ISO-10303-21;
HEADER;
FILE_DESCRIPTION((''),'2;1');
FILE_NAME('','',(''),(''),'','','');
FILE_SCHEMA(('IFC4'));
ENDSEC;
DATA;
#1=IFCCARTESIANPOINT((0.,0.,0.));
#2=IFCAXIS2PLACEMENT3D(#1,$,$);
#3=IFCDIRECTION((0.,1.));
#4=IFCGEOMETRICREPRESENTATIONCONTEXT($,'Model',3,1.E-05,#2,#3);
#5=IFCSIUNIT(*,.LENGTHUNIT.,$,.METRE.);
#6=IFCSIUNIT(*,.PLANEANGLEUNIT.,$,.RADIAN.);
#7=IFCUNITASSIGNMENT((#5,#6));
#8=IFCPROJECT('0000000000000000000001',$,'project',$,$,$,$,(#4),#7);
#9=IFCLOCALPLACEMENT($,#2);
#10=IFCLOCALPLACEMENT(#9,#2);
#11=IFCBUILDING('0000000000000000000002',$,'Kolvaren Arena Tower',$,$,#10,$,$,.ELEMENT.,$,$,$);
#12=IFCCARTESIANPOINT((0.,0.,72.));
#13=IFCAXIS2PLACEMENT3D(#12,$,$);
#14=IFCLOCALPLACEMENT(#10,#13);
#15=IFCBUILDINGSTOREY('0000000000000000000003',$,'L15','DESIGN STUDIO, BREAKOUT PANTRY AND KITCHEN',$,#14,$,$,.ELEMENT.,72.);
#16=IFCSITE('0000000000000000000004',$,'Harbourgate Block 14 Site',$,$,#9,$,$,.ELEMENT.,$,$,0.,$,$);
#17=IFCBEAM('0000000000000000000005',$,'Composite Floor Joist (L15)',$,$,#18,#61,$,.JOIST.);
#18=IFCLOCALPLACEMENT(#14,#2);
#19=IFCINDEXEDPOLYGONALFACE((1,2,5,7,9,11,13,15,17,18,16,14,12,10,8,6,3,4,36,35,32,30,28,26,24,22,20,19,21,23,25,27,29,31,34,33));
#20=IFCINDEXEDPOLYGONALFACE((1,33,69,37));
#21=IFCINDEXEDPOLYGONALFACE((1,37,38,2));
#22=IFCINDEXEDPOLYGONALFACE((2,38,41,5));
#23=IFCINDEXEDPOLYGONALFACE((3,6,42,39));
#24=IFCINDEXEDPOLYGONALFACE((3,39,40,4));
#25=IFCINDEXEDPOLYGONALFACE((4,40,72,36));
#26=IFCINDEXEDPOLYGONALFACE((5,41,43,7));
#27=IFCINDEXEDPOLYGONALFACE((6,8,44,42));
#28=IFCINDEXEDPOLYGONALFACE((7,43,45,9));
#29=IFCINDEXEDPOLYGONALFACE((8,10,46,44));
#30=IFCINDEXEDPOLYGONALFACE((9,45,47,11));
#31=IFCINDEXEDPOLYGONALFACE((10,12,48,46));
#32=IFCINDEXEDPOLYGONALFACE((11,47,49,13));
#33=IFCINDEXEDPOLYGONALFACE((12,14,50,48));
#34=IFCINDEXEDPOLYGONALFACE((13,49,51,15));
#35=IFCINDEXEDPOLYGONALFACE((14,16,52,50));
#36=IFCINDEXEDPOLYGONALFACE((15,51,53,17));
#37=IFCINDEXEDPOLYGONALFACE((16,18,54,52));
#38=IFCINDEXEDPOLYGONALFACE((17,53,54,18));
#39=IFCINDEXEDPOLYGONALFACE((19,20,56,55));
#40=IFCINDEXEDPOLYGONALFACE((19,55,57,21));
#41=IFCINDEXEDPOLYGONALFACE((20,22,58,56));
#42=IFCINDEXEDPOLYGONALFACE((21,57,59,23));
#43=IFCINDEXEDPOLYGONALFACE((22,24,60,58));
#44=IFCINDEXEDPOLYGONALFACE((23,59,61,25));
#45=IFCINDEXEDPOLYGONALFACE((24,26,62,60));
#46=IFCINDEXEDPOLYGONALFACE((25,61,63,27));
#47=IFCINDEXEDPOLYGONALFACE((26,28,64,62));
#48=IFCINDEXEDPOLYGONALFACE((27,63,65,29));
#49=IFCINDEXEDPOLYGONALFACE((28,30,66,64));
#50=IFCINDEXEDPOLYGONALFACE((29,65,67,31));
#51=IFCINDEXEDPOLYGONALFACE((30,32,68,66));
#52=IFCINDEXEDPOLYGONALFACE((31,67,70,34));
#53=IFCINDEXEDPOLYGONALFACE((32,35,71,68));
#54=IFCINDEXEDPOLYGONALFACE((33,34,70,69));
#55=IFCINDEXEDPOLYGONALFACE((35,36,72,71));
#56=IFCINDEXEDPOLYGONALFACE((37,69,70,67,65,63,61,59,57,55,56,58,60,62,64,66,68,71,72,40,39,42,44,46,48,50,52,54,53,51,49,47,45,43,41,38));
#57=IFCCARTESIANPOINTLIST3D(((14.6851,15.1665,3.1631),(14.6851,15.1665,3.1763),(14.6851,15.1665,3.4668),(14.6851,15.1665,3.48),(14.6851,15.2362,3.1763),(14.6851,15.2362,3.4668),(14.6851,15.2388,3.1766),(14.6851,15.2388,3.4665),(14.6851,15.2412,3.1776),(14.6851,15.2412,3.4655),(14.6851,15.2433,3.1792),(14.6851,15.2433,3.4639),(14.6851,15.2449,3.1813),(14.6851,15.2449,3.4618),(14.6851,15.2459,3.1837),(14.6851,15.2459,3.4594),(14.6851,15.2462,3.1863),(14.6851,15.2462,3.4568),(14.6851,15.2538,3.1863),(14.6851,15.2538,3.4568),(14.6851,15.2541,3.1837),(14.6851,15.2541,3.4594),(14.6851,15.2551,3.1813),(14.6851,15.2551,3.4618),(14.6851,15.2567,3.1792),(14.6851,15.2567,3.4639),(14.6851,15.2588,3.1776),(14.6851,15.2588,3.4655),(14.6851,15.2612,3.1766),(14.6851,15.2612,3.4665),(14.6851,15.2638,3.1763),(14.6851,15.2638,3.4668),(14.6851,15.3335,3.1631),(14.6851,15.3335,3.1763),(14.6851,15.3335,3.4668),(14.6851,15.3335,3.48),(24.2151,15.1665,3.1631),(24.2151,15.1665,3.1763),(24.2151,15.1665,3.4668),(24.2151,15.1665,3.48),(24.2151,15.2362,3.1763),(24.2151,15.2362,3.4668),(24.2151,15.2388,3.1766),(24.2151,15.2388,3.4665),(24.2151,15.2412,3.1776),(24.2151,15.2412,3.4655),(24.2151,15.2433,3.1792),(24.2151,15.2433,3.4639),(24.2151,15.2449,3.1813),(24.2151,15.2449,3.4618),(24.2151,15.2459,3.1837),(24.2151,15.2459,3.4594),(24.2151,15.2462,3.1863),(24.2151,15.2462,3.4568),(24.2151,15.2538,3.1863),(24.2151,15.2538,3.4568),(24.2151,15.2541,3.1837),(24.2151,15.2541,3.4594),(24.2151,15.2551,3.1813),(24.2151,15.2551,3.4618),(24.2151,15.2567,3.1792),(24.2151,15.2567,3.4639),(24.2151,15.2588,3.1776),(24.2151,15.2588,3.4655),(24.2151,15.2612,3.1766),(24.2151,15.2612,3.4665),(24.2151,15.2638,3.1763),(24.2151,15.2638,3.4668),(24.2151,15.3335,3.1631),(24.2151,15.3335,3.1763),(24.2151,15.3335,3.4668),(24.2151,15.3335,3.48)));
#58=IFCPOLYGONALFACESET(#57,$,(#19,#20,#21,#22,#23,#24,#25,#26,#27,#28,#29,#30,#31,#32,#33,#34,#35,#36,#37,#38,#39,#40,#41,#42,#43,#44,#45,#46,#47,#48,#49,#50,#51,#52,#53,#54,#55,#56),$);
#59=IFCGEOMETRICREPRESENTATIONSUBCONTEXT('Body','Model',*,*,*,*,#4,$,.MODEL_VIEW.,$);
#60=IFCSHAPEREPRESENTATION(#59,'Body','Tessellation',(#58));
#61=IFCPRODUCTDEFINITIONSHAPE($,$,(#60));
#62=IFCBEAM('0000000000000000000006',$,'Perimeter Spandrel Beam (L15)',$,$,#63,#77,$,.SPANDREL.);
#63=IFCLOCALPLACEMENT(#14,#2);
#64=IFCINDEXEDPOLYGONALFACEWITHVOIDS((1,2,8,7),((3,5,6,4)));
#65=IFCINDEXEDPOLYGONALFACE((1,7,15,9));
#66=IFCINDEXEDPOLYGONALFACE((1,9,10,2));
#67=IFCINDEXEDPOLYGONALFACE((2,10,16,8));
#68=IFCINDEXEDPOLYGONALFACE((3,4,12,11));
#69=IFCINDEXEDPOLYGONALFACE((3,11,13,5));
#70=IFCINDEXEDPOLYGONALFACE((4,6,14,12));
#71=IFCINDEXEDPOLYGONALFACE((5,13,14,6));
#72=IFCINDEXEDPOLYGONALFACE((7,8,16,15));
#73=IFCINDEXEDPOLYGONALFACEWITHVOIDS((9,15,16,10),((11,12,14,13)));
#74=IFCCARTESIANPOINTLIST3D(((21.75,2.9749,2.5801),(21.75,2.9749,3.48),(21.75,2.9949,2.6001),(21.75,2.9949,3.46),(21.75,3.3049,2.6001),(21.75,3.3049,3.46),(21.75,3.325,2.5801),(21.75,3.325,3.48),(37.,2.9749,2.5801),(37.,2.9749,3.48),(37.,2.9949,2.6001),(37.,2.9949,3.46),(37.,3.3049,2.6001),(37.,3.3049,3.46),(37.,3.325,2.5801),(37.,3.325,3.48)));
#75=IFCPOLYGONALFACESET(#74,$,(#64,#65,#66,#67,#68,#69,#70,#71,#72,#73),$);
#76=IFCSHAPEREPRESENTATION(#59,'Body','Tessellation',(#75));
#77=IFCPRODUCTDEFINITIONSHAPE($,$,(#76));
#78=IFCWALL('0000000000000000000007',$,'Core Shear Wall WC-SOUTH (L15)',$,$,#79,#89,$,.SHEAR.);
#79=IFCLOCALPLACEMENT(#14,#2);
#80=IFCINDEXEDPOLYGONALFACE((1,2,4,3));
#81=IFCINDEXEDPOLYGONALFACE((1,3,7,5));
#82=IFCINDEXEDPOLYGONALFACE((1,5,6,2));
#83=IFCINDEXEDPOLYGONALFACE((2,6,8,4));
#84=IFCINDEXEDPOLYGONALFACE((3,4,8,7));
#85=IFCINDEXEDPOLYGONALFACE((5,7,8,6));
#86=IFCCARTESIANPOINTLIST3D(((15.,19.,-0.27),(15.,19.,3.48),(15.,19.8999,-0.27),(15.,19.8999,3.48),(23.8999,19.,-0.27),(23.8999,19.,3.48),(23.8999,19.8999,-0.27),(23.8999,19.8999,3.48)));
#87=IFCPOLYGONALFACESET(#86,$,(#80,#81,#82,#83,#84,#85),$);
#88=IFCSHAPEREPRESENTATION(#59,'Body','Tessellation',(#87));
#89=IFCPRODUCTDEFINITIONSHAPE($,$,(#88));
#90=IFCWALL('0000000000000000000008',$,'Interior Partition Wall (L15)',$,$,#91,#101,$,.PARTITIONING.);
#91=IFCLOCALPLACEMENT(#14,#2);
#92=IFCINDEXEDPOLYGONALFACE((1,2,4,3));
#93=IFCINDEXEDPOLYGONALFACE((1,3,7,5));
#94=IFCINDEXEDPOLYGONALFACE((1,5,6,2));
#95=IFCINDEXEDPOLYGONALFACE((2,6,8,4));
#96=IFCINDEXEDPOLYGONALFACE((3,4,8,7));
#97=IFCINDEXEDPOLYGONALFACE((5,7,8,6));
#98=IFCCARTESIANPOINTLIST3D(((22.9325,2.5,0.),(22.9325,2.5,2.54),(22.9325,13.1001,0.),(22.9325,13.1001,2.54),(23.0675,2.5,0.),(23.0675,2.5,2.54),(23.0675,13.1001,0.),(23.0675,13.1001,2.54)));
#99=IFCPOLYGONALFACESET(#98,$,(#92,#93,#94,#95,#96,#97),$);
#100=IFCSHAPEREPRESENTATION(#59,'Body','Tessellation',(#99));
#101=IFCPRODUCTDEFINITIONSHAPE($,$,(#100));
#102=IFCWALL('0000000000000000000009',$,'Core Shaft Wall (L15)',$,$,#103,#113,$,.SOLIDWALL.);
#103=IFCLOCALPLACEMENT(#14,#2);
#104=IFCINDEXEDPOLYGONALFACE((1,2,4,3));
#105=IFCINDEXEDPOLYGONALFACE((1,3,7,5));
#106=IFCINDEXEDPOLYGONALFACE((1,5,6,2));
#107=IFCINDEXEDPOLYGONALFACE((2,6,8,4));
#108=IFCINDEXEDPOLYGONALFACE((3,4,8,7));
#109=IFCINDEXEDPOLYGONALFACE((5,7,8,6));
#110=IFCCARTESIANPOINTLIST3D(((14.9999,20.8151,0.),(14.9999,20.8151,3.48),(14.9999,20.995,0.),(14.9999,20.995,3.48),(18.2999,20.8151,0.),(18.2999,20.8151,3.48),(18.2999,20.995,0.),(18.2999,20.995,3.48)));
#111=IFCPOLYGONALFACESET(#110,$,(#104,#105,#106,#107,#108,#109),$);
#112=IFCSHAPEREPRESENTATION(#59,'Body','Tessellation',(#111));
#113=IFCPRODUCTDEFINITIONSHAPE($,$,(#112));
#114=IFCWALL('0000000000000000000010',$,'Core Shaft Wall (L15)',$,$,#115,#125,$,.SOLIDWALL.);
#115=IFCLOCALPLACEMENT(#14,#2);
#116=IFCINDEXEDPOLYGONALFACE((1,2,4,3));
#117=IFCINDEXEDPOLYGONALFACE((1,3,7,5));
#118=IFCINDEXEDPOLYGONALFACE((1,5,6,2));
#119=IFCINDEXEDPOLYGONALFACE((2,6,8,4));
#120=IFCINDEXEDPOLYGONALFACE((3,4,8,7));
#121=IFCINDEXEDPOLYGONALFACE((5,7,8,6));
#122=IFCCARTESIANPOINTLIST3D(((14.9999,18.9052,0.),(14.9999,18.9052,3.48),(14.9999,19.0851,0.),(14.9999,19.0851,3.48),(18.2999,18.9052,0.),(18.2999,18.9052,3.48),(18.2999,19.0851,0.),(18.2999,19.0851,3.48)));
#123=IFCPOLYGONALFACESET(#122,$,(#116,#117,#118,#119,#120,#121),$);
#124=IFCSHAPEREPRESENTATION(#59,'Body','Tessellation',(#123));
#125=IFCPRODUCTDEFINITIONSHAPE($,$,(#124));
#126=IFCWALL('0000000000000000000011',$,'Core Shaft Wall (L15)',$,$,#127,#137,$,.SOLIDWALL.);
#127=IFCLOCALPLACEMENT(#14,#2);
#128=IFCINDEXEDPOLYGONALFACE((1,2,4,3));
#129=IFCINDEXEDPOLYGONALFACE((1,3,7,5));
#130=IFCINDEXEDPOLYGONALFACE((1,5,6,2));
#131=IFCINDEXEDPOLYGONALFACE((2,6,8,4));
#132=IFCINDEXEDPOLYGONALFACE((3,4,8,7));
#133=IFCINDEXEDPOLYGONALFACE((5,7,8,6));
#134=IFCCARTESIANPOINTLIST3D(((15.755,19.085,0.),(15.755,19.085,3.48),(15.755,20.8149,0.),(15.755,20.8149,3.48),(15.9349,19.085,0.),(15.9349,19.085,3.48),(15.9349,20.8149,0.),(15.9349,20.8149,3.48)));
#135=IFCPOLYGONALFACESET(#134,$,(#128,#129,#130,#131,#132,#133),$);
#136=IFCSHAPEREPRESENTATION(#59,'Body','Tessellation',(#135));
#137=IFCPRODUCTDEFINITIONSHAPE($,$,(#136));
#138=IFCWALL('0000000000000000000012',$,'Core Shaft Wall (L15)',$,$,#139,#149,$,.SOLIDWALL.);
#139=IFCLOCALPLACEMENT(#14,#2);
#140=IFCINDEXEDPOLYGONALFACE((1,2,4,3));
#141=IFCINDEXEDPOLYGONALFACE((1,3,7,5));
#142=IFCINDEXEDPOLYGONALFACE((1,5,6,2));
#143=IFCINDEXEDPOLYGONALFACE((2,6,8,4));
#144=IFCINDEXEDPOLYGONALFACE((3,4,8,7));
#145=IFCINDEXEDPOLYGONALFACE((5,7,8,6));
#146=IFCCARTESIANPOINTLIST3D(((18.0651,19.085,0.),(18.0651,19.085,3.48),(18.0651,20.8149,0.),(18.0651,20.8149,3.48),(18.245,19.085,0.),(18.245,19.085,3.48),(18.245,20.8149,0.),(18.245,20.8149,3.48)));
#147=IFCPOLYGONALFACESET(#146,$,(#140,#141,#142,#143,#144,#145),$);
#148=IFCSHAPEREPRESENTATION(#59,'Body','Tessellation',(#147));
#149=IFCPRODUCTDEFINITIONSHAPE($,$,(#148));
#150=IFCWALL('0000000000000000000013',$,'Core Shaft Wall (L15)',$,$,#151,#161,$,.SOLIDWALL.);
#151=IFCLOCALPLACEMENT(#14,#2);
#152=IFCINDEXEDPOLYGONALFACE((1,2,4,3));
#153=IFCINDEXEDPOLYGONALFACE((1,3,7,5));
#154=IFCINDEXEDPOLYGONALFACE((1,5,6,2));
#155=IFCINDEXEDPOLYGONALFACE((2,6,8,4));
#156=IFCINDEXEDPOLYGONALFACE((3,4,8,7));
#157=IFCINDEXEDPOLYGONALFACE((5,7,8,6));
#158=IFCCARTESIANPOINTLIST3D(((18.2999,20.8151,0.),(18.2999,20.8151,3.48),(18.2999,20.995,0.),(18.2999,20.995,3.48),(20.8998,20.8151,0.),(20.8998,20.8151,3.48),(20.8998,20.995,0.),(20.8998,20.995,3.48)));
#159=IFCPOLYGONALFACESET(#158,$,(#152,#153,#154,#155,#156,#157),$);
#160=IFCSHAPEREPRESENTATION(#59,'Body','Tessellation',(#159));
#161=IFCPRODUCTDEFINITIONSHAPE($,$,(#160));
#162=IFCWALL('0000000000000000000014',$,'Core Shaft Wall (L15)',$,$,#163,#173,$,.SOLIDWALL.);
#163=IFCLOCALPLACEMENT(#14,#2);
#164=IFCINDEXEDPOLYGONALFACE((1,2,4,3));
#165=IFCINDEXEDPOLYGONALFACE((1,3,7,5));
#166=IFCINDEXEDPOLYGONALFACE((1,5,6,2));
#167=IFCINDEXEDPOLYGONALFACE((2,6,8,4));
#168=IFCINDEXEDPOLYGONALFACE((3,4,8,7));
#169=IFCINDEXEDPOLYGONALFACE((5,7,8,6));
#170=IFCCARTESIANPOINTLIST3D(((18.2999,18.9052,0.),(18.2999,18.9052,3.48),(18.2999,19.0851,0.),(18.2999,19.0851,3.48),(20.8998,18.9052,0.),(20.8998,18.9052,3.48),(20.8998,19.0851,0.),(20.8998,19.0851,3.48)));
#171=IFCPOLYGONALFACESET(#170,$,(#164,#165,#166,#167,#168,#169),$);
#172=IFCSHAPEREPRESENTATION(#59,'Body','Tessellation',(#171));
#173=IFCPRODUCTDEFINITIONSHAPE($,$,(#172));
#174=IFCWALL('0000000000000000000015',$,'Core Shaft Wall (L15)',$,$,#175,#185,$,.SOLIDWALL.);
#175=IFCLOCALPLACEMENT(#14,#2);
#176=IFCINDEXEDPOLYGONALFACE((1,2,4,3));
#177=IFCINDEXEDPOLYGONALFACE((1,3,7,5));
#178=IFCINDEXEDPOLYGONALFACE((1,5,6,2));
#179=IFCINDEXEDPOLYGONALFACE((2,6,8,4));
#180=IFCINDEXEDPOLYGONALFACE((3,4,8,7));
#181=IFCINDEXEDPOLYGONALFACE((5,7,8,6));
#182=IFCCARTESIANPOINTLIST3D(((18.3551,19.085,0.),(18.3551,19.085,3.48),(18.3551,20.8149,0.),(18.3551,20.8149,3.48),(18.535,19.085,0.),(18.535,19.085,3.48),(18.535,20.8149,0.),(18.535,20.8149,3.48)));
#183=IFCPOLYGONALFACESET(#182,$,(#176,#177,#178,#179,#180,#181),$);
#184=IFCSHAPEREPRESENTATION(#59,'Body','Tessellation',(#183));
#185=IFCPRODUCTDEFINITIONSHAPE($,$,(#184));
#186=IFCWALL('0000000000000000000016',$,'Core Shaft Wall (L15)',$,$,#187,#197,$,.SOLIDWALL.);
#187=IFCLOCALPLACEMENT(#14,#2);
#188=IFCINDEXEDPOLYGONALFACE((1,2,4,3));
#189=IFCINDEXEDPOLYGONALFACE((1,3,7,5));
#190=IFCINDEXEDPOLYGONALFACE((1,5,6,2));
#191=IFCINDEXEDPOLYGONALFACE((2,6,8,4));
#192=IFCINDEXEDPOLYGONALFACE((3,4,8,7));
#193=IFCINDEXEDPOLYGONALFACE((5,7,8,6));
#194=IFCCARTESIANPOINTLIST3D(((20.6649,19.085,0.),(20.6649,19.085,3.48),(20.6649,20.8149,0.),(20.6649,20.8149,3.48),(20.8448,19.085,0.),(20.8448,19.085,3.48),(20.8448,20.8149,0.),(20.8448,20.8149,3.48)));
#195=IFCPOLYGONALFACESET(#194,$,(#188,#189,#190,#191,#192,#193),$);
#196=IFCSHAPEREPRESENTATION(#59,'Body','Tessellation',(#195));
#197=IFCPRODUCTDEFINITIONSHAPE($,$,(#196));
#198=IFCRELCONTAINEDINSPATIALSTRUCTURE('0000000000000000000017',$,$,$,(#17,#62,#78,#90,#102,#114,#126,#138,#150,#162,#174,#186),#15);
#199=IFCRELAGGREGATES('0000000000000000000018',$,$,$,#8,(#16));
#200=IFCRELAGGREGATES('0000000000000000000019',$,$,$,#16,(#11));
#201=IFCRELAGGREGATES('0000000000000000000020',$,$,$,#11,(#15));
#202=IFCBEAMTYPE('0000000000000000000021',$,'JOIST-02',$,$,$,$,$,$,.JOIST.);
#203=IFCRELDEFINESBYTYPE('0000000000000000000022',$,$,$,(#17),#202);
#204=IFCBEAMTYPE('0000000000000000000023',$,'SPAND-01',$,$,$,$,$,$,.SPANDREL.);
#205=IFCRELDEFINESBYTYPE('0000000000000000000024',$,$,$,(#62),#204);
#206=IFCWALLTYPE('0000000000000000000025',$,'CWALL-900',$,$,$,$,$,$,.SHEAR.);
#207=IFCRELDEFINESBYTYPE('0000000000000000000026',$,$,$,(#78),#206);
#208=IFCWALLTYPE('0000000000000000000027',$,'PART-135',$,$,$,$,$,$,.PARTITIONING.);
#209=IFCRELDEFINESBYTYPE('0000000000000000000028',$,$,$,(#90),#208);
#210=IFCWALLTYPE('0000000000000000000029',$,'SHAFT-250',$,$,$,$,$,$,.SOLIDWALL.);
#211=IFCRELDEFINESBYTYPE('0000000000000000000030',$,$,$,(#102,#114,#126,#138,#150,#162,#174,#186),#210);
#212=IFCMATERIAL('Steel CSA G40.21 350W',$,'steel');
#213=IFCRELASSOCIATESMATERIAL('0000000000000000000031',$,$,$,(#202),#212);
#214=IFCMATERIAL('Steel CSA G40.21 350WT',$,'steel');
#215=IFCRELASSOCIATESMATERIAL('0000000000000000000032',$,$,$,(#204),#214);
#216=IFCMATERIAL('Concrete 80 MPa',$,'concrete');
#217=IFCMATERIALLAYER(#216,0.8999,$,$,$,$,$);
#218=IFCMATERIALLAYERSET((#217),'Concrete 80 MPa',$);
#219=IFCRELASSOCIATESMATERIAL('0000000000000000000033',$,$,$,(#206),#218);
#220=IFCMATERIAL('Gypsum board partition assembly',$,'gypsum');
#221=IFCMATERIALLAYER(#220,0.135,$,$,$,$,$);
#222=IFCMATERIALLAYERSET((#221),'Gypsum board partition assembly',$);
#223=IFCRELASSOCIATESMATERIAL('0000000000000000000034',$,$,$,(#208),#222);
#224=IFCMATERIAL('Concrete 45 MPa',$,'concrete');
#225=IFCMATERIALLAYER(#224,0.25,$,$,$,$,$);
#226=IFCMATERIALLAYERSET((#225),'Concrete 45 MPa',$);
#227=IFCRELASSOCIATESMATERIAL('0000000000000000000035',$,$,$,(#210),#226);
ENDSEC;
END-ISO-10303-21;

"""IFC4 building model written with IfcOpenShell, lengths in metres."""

from ifc_helpers import new_model, si_unit, direction, frame, frame_2d, origin, origin_2d, place, context, subcontext, project, spatial, rectangle, hollow_rectangle, i_section, extrude, material, layer, layer_set, material_profile, profile_set, type_object, element, save


model = new_model("IFC4")

# Units and contexts
model_context = context("Model", 3, precision=1e-05, world=origin(), true_north=direction((0.0, 1.0)))
body_context = subcontext(model_context, "Body", "Model", "MODEL_VIEW")
ifc_project = project(units=[si_unit("LENGTHUNIT", "METRE"), si_unit("PLANEANGLEUNIT", "RADIAN")], contexts=[model_context])

# Site, building, storey
site_placement = place(None, origin())
site = spatial("IfcSite", under=ifc_project, at=site_placement, Name="Harbourgate Block 14 Site", CompositionType="ELEMENT", RefElevation=0.0)
building_placement = place(site_placement, origin())
building = spatial("IfcBuilding", under=site, at=building_placement, Name="Kolvaren Arena Tower", CompositionType="ELEMENT")
storey_placement = place(building_placement, frame((0.0, 0.0, 72.0)))
storey = spatial("IfcBuildingStorey", under=building, at=storey_placement, Name="L15", Description="DESIGN STUDIO, BREAKOUT PANTRY AND KITCHEN", CompositionType="ELEMENT", Elevation=72.0)

# Beams
ifc_material_1 = material(Name="Steel CSA G40.21 350W", Category="steel")
ifc_material_profile_1 = material_profile(ifc_material_1, i_section(OverallWidth=0.167, OverallDepth=0.3169, WebThickness=0.0076, FlangeThickness=0.0132, FilletRadius=0.01, at=origin_2d()), Name="W310x52")
ifc_profile_set_1 = profile_set([ifc_material_profile_1], Name="Steel CSA G40.21 350W")
beam_type_1 = type_object("IfcBeamType", Name="JOIST-02", PredefinedType="JOIST", material=ifc_profile_set_1)
for number, where, z_axis, x_axis, name in (
    (1, (14.6851, 15.25, 3.3215), (1.0, 0.0, 0.0), (0.0, 1.0, 0.0), "Composite Floor Joist (L15)"),
):
    element("IfcBeam", number, at=place(storey_placement, frame(where, z_axis=z_axis, x_axis=x_axis)), inside=storey, type_object=beam_type_1, Name=name, PredefinedType="JOIST", context=body_context, shape_type="SweptSolid", body=[
        extrude(i_section(OverallWidth=0.167, OverallDepth=0.3169, WebThickness=0.0076, FlangeThickness=0.0132, FilletRadius=0.01, at=origin_2d()), origin(), (0.0, 0.0, 1.0), 9.53),
    ])
ifc_material_2 = material(Name="Steel CSA G40.21 350WT", Category="steel")
ifc_material_profile_2 = material_profile(ifc_material_2, hollow_rectangle(XDim=0.3501, YDim=0.8999, WallThickness=0.02, at=origin_2d()), Name="HSS 900x350x20")
ifc_profile_set_2 = profile_set([ifc_material_profile_2], Name="Steel CSA G40.21 350WT")
beam_type_2 = type_object("IfcBeamType", Name="SPAND-01", PredefinedType="SPANDREL", material=ifc_profile_set_2)
beam_1_placement = place(storey_placement, frame((21.75, 3.1499, 3.03), z_axis=(1.0, 0.0, 0.0), x_axis=(0.0, 1.0, 0.0)))
element("IfcBeam", 2, at=beam_1_placement, inside=storey, type_object=beam_type_2, Name="Perimeter Spandrel Beam (L15)", PredefinedType="SPANDREL", context=body_context, shape_type="SweptSolid", body=[
    extrude(hollow_rectangle(XDim=0.3501, YDim=0.8999, WallThickness=0.02, at=origin_2d()), origin(), (0.0, 0.0, 1.0), 15.25),
])

# Walls
ifc_material_3 = material(Name="Concrete 80 MPa", Category="concrete")
ifc_layer_1 = layer(ifc_material_3, 0.8999)
ifc_layer_set_1 = layer_set([ifc_layer_1], Name="Concrete 80 MPa")
wall_type_1 = type_object("IfcWallType", Name="CWALL-900", PredefinedType="SHEAR", material=ifc_layer_set_1)
wall_1_placement = place(storey_placement, frame((15.0, 19.45, -0.27), z_axis=(0.0, 0.0, 1.0), x_axis=(1.0, 0.0, 0.0)))
element("IfcWall", 3, at=wall_1_placement, inside=storey, type_object=wall_type_1, Name="Core Shear Wall WC-SOUTH (L15)", PredefinedType="SHEAR", context=body_context, shape_type="SweptSolid", body=[
    extrude(rectangle(XDim=8.8999, YDim=0.8999, at=frame_2d((4.45, 0.0))), origin(), (0.0, 0.0, 1.0), 3.75),
])
ifc_material_4 = material(Name="Gypsum board partition assembly", Category="gypsum")
ifc_layer_2 = layer(ifc_material_4, 0.135)
ifc_layer_set_2 = layer_set([ifc_layer_2], Name="Gypsum board partition assembly")
wall_type_2 = type_object("IfcWallType", Name="PART-135", PredefinedType="PARTITIONING", material=ifc_layer_set_2)
wall_2_placement = place(storey_placement, frame((23.0, 2.5, 0.0), z_axis=(0.0, 0.0, 1.0), x_axis=(0.0, 1.0, 0.0)))
element("IfcWall", 4, at=wall_2_placement, inside=storey, type_object=wall_type_2, Name="Interior Partition Wall (L15)", PredefinedType="PARTITIONING", context=body_context, shape_type="SweptSolid", body=[
    extrude(rectangle(XDim=10.6001, YDim=0.135, at=frame_2d((5.3, 0.0))), origin(), (0.0, 0.0, 1.0), 2.54),
])
ifc_material_5 = material(Name="Concrete 45 MPa", Category="concrete")
ifc_layer_3 = layer(ifc_material_5, 0.25)
ifc_layer_set_3 = layer_set([ifc_layer_3], Name="Concrete 45 MPa")
wall_type_3 = type_object("IfcWallType", Name="SHAFT-250", PredefinedType="SOLIDWALL", material=ifc_layer_set_3)
for number, where, z_axis, x_axis, name in (
    (5, (15.0, 20.905, 0.0), (0.0, 0.0, 1.0), (1.0, 0.0, 0.0), "Core Shaft Wall (L15)"),
    (6, (15.0, 18.9951, 0.0), (0.0, 0.0, 1.0), (1.0, 0.0, 0.0), "Core Shaft Wall (L15)"),
):
    element("IfcWall", number, at=place(storey_placement, frame(where, z_axis=z_axis, x_axis=x_axis)), inside=storey, type_object=wall_type_3, Name=name, PredefinedType="SOLIDWALL", context=body_context, shape_type="SweptSolid", body=[
        extrude(rectangle(XDim=3.3, YDim=0.1799, at=frame_2d((1.6499, 0.0))), origin(), (0.0, 0.0, 1.0), 3.48),
    ])
for number, where, z_axis, x_axis, name in (
    (7, (15.845, 19.085, 0.0), (0.0, 0.0, 1.0), (0.0, 1.0, 0.0), "Core Shaft Wall (L15)"),
    (8, (18.155, 19.085, 0.0), (0.0, 0.0, 1.0), (0.0, 1.0, 0.0), "Core Shaft Wall (L15)"),
):
    element("IfcWall", number, at=place(storey_placement, frame(where, z_axis=z_axis, x_axis=x_axis)), inside=storey, type_object=wall_type_3, Name=name, PredefinedType="SOLIDWALL", context=body_context, shape_type="SweptSolid", body=[
        extrude(rectangle(XDim=1.73, YDim=0.1799, at=frame_2d((0.865, 0.0))), origin(), (0.0, 0.0, 1.0), 3.48),
    ])
for number, where, z_axis, x_axis, name in (
    (9, (18.3, 20.905, 0.0), (0.0, 0.0, 1.0), (1.0, 0.0, 0.0), "Core Shaft Wall (L15)"),
    (10, (18.3, 18.9951, 0.0), (0.0, 0.0, 1.0), (1.0, 0.0, 0.0), "Core Shaft Wall (L15)"),
):
    element("IfcWall", number, at=place(storey_placement, frame(where, z_axis=z_axis, x_axis=x_axis)), inside=storey, type_object=wall_type_3, Name=name, PredefinedType="SOLIDWALL", context=body_context, shape_type="SweptSolid", body=[
        extrude(rectangle(XDim=2.5999, YDim=0.1799, at=frame_2d((1.2998, 0.0))), origin(), (0.0, 0.0, 1.0), 3.48),
    ])
for number, where, z_axis, x_axis, name in (
    (11, (18.4451, 19.085, 0.0), (0.0, 0.0, 1.0), (0.0, 1.0, 0.0), "Core Shaft Wall (L15)"),
    (12, (20.7549, 19.085, 0.0), (0.0, 0.0, 1.0), (0.0, 1.0, 0.0), "Core Shaft Wall (L15)"),
):
    element("IfcWall", number, at=place(storey_placement, frame(where, z_axis=z_axis, x_axis=x_axis)), inside=storey, type_object=wall_type_3, Name=name, PredefinedType="SOLIDWALL", context=body_context, shape_type="SweptSolid", body=[
        extrude(rectangle(XDim=1.73, YDim=0.1799, at=frame_2d((0.865, 0.0))), origin(), (0.0, 0.0, 1.0), 3.48),
    ])

save(model, "model.ifc")
